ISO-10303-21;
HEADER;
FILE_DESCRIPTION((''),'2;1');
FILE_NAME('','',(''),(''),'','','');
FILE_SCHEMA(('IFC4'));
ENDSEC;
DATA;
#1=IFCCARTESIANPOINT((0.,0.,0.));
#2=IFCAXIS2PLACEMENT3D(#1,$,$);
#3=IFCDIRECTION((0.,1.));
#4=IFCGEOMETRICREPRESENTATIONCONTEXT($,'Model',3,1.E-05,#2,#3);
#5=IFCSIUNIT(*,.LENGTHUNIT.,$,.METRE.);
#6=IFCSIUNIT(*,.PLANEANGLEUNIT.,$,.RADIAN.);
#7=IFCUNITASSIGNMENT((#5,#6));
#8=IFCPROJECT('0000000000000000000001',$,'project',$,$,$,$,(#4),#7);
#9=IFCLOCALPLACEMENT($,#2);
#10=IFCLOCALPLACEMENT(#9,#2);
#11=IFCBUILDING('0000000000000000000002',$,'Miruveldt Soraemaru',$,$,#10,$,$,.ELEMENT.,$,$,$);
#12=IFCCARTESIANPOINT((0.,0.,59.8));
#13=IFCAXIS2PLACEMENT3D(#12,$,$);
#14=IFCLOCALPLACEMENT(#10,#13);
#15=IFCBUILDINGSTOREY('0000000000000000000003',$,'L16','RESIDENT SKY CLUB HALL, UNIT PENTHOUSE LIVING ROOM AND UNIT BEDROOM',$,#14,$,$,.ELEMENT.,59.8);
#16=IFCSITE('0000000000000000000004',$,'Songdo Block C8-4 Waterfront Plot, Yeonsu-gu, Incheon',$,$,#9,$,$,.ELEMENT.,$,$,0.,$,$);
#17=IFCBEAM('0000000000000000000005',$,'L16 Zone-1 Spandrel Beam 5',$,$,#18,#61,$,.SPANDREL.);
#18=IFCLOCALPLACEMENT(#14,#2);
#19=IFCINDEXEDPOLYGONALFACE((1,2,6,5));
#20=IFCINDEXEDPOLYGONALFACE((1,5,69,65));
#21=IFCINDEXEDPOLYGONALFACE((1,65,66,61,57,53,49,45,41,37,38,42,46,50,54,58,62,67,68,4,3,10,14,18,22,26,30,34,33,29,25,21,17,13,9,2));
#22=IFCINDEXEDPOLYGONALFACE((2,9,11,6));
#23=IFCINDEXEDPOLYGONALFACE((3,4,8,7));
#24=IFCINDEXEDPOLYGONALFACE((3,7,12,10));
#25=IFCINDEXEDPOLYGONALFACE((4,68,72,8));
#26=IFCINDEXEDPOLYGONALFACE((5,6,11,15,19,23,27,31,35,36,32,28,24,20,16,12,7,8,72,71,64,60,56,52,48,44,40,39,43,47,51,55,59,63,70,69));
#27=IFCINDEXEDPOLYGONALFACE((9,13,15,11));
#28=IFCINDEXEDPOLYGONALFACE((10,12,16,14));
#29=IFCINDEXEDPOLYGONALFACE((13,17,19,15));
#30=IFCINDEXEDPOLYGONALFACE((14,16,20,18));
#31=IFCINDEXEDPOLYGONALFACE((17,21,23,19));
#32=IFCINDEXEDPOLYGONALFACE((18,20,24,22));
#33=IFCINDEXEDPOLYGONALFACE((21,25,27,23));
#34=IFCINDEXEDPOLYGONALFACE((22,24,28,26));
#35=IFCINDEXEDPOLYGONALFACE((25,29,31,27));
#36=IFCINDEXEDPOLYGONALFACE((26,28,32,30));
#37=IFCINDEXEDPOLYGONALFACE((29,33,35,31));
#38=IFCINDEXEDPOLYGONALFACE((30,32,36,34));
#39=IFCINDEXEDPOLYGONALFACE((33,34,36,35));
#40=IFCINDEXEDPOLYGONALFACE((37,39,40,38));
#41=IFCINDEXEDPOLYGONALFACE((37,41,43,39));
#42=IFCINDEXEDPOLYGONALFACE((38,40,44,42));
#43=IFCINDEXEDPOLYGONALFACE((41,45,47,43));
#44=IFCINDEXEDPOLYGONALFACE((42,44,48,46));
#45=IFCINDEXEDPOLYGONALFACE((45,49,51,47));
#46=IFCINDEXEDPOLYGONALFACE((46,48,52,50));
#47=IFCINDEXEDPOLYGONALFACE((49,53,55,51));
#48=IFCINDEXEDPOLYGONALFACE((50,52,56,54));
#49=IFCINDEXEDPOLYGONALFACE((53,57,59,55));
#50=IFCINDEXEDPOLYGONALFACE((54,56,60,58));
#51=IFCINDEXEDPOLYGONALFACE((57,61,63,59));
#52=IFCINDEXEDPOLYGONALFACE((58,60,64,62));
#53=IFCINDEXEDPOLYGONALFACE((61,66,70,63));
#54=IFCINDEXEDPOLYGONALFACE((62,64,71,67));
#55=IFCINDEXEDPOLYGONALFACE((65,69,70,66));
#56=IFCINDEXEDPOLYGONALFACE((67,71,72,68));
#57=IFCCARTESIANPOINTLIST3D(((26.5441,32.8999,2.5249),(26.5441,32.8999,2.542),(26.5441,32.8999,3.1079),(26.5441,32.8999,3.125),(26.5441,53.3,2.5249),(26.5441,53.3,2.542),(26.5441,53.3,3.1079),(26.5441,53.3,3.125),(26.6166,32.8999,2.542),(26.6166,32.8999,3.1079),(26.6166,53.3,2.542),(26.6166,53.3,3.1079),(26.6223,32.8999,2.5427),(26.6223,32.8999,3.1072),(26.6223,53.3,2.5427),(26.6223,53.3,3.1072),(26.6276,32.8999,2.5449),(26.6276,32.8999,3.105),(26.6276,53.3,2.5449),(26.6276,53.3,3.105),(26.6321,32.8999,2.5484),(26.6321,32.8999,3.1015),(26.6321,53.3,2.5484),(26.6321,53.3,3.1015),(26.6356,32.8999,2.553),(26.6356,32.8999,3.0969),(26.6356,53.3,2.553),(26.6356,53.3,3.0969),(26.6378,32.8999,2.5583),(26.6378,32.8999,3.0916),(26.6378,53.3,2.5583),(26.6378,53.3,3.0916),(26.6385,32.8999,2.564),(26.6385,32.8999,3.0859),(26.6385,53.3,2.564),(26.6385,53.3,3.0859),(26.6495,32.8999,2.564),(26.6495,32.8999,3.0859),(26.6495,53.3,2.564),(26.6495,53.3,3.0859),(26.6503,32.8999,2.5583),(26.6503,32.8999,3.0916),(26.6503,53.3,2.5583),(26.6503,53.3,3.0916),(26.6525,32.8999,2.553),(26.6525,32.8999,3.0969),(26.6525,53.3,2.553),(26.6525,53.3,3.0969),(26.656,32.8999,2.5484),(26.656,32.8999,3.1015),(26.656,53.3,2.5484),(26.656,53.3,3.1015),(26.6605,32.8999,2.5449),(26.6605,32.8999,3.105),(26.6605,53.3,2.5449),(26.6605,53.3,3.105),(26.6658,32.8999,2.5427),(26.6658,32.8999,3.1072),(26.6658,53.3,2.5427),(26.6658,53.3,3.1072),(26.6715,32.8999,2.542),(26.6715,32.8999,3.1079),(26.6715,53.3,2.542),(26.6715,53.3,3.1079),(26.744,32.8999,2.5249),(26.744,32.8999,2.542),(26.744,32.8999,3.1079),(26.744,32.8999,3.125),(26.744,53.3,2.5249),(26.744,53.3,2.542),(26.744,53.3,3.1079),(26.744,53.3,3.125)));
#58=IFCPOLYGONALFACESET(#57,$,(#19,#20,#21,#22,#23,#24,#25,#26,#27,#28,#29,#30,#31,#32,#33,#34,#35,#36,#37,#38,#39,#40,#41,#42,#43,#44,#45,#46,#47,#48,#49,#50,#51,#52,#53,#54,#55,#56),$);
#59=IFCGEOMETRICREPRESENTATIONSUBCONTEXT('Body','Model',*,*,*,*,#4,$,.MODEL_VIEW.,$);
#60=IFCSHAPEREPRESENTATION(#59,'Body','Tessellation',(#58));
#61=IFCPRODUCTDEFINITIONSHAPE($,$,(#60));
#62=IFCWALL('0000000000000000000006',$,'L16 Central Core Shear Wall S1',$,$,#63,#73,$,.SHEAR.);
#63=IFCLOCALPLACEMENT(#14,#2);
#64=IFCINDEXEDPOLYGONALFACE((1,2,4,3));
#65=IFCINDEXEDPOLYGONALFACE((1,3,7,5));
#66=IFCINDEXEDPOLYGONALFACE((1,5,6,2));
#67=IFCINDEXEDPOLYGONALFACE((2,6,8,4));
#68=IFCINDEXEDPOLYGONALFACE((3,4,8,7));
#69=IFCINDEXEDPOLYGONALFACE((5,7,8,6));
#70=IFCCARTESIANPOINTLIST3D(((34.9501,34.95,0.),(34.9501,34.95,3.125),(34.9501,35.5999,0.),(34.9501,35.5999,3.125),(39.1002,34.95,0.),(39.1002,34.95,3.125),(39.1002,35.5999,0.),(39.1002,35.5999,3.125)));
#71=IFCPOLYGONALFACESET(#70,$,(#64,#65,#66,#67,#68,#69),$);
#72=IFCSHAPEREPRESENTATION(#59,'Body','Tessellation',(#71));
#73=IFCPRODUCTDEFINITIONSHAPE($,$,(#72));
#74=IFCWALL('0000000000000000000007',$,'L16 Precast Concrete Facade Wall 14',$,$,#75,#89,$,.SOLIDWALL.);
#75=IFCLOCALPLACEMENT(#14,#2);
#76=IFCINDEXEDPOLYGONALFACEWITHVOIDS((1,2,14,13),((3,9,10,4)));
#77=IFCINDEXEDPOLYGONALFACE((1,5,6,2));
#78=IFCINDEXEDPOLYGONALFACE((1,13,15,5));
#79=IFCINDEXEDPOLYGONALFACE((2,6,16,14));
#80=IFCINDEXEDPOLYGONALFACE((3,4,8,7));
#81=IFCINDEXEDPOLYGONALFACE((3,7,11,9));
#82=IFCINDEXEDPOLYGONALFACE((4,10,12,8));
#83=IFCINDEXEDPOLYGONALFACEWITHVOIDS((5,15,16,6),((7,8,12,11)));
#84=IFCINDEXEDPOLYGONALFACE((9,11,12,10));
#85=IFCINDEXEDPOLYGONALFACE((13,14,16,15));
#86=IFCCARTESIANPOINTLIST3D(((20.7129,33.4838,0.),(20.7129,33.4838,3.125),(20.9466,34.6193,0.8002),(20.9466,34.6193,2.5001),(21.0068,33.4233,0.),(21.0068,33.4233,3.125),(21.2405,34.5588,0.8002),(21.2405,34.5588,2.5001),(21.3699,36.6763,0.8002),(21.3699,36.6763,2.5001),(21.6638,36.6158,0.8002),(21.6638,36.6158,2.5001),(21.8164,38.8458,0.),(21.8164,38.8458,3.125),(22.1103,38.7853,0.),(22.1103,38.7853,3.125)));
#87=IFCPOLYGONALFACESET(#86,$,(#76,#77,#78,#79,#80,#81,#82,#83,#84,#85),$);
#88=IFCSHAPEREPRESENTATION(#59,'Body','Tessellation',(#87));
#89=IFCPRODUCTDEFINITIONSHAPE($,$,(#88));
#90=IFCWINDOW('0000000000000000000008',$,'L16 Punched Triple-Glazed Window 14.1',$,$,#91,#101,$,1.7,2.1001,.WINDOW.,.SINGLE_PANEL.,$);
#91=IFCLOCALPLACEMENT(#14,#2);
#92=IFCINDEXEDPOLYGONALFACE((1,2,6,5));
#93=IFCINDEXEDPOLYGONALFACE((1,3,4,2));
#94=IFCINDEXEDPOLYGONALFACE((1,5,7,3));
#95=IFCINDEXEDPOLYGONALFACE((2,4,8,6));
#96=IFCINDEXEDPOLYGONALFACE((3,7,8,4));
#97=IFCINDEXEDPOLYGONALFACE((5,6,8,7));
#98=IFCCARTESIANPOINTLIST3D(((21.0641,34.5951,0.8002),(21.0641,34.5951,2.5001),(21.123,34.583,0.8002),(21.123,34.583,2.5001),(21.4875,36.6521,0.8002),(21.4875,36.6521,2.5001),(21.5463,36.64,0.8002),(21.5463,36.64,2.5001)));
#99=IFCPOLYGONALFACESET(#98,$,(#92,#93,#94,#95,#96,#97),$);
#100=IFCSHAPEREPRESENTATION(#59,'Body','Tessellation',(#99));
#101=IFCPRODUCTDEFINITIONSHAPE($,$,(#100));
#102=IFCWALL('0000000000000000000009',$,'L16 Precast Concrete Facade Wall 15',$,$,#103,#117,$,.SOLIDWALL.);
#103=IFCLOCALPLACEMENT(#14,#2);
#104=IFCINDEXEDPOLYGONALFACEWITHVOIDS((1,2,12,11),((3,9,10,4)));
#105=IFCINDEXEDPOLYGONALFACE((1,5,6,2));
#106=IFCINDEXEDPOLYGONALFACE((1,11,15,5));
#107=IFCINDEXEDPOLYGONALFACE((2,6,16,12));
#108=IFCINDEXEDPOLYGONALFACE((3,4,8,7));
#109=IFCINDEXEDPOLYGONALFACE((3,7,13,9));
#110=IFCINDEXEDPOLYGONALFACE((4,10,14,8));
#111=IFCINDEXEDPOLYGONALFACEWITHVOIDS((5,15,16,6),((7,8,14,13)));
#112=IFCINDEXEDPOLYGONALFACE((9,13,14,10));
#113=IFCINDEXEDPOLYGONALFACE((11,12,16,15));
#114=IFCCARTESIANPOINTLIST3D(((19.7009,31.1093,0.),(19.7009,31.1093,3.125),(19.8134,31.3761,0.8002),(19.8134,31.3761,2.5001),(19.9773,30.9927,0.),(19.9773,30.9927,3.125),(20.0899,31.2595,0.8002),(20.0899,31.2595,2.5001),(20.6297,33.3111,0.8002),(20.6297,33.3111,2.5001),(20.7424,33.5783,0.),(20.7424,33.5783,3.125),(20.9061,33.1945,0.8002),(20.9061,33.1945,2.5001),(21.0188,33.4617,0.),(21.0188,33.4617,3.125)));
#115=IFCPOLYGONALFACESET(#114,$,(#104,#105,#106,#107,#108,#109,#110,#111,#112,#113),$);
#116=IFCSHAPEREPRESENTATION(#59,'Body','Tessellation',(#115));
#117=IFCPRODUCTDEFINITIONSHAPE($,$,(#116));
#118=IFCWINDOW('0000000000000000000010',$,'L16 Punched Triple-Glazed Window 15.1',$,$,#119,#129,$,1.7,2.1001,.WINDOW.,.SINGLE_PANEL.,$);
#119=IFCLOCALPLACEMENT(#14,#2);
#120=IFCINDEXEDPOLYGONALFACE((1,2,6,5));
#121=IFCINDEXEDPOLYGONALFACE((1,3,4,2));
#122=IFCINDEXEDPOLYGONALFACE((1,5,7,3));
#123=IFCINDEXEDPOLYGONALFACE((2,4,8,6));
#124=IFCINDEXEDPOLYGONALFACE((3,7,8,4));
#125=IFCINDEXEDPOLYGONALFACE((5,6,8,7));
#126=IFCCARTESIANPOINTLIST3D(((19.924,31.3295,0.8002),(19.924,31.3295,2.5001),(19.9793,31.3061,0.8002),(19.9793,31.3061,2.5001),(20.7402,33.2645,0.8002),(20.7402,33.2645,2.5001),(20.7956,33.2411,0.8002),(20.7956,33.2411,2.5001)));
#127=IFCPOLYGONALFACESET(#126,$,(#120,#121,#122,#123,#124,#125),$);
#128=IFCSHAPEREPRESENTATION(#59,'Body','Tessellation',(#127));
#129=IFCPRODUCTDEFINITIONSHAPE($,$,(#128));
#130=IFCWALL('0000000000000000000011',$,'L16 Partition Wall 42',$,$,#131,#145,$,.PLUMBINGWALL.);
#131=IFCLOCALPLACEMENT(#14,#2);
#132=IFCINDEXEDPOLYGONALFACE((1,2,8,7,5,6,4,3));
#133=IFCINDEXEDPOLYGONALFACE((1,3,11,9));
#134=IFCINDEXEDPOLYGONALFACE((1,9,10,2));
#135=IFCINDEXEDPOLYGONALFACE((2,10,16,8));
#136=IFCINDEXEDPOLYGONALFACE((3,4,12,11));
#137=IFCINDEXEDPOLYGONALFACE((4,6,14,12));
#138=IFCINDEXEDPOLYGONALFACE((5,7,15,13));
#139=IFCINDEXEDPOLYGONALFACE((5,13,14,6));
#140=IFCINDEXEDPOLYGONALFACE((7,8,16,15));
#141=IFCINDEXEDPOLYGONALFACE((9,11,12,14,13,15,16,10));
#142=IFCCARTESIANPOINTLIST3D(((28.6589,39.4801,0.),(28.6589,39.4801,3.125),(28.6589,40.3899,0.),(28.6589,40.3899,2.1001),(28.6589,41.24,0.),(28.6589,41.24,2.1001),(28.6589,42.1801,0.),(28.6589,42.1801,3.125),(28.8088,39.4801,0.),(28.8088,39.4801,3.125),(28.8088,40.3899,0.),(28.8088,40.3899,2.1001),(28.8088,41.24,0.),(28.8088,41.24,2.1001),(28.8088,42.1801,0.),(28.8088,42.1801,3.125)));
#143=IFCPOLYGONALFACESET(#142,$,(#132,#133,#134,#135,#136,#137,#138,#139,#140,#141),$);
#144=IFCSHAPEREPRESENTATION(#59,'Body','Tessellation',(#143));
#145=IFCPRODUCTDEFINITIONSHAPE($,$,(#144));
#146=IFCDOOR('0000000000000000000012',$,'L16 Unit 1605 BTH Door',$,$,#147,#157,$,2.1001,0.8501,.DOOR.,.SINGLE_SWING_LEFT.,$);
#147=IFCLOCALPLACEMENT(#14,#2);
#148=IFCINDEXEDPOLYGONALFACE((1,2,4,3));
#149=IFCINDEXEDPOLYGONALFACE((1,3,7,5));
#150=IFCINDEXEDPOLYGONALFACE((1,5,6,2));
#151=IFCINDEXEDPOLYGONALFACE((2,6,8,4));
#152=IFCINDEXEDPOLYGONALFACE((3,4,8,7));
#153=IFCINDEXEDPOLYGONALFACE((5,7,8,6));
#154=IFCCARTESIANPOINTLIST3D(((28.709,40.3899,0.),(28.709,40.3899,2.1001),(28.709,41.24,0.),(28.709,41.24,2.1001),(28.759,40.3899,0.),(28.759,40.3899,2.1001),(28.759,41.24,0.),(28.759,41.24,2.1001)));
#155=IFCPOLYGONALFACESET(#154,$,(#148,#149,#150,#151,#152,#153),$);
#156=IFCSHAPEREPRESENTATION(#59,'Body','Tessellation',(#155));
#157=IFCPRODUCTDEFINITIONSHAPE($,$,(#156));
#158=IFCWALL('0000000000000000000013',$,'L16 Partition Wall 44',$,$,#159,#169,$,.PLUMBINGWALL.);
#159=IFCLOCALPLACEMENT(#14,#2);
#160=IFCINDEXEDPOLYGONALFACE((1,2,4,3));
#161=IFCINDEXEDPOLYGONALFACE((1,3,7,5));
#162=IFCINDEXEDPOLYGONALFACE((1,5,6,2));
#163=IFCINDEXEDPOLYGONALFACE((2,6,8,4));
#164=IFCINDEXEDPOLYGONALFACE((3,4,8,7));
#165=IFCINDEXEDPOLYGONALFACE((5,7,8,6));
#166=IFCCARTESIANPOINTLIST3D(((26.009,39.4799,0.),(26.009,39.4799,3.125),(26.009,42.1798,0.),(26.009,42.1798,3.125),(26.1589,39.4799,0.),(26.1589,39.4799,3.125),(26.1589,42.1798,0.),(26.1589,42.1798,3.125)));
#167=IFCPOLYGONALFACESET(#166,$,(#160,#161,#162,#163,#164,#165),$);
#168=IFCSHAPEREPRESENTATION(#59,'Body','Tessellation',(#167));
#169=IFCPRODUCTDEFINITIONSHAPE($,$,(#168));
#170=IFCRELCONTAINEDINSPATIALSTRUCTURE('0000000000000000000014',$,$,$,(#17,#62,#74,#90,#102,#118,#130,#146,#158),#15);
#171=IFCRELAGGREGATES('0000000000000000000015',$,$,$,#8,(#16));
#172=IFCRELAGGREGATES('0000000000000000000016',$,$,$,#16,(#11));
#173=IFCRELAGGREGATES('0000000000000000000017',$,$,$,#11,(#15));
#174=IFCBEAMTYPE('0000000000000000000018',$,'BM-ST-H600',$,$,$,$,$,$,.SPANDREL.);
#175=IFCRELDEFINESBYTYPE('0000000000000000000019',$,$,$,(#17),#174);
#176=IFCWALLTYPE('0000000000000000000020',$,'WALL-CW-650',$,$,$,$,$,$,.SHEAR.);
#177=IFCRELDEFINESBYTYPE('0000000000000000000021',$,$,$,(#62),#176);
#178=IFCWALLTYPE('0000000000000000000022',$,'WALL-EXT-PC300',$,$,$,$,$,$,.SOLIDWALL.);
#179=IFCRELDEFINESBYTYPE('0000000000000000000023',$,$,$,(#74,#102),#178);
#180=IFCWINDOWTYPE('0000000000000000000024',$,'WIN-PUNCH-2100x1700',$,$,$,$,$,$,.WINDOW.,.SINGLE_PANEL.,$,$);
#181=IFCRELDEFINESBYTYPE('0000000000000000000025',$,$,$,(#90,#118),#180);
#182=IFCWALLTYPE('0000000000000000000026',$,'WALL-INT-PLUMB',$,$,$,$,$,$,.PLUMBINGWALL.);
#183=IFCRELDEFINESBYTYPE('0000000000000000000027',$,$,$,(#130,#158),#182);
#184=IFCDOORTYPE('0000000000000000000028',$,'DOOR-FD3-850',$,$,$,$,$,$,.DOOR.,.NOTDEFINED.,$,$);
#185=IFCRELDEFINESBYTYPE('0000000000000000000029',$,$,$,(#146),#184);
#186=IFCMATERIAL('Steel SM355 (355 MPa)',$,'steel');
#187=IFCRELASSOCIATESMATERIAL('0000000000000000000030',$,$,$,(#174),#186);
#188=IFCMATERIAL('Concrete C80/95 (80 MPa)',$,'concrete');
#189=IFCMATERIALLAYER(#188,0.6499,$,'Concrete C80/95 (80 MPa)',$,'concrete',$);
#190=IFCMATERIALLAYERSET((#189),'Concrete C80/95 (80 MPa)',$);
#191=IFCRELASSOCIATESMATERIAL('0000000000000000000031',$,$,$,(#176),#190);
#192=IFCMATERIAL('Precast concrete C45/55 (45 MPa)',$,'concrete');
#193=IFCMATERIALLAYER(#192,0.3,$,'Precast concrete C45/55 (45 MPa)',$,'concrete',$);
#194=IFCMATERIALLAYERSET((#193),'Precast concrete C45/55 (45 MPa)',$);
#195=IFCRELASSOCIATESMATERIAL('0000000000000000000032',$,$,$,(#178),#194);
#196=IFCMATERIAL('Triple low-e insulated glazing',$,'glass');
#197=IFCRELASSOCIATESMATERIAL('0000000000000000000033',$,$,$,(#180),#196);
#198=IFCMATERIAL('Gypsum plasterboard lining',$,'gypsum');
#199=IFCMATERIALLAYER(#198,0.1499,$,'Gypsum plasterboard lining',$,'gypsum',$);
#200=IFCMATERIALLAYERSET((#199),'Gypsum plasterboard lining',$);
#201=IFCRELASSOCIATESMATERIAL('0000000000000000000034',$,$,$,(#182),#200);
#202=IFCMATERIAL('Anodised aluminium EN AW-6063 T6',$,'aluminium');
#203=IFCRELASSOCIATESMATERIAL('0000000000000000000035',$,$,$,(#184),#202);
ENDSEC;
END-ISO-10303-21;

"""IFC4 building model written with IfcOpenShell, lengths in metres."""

from ifc_helpers import new_model, si_unit, direction, frame, frame_2d, origin, origin_2d, place, context, subcontext, project, spatial, rectangle, i_section, extrude, material, layer, layer_set, material_profile, profile_set, type_object, element, fill, save


model = new_model("IFC4")

# Units and contexts
model_context = context("Model", 3, precision=1e-05, world=origin(), true_north=direction((0.0, 1.0)))
body_context = subcontext(model_context, "Body", "Model", "MODEL_VIEW")
ifc_project = project(units=[si_unit("LENGTHUNIT", "METRE"), si_unit("PLANEANGLEUNIT", "RADIAN")], contexts=[model_context])

# Site, building, storey
site_placement = place(None, origin())
site = spatial("IfcSite", under=ifc_project, at=site_placement, Name="Songdo Block C8-4 Waterfront Plot, Yeonsu-gu, Incheon", CompositionType="ELEMENT", RefElevation=0.0)
building_placement = place(site_placement, origin())
building = spatial("IfcBuilding", under=site, at=building_placement, Name="Miruveldt Soraemaru", CompositionType="ELEMENT")
storey_placement = place(building_placement, frame((0.0, 0.0, 59.8)))
storey = spatial("IfcBuildingStorey", under=building, at=storey_placement, Name="L16", Description="RESIDENT SKY CLUB HALL, UNIT PENTHOUSE LIVING ROOM AND UNIT BEDROOM", CompositionType="ELEMENT", Elevation=59.8)

# Shared definitions
ifc_material_1 = material(Name="Concrete C80/95 (80 MPa)", Category="concrete")

# Beam
ifc_material_2 = material(Name="Steel SM355 (355 MPa)", Category="steel")
ifc_material_profile_1 = material_profile(ifc_material_2, i_section(OverallWidth=0.2, OverallDepth=0.6001, WebThickness=0.011, FlangeThickness=0.0171, FilletRadius=0.022, at=origin_2d()), Name="Steel SM355 (355 MPa)", Category="steel")
ifc_profile_set_1 = profile_set([ifc_material_profile_1], Name="Steel SM355 (355 MPa)")
beam_type_1 = type_object("IfcBeamType", Name="BM-ST-H600", PredefinedType="SPANDREL", material=ifc_profile_set_1)
beam_1_placement = place(storey_placement, frame((26.644, 32.8999, 2.825), z_axis=(0.0, 1.0, 0.0), x_axis=(-1.0, 0.0, 0.0)))
element("IfcBeam", 1, at=beam_1_placement, inside=storey, type_object=beam_type_1, Name="L16 Zone-1 Spandrel Beam 5", PredefinedType="SPANDREL", context=body_context, shape_type="SweptSolid", body=[
    extrude(i_section(OverallWidth=0.2, OverallDepth=0.6001, WebThickness=0.011, FlangeThickness=0.0171, FilletRadius=0.022, at=origin_2d()), origin(), (0.0, 0.0, 1.0), 20.4001),
])

# Wall
ifc_layer_1 = layer(ifc_material_1, 0.6499, Name="Concrete C80/95 (80 MPa)", Category="concrete")
ifc_layer_set_1 = layer_set([ifc_layer_1], Name="Concrete C80/95 (80 MPa)")
wall_type_1 = type_object("IfcWallType", Name="WALL-CW-650", PredefinedType="SHEAR", material=ifc_layer_set_1)
wall_1_placement = place(storey_placement, frame((34.95, 35.2749, 0.0), z_axis=(0.0, 0.0, 1.0), x_axis=(1.0, 0.0, 0.0)))
element("IfcWall", 2, at=wall_1_placement, inside=storey, type_object=wall_type_1, Name="L16 Central Core Shear Wall S1", PredefinedType="SHEAR", context=body_context, shape_type="SweptSolid", body=[
    extrude(rectangle(XDim=4.1501, YDim=0.6499, at=frame_2d((2.0752, 0.0))), origin(), (0.0, 0.0, 1.0), 3.125),
])

# Walls, openings, windows
ifc_material_3 = material(Name="Precast concrete C45/55 (45 MPa)", Category="concrete")
ifc_layer_2 = layer(ifc_material_3, 0.3, Name="Precast concrete C45/55 (45 MPa)", Category="concrete")
ifc_layer_set_2 = layer_set([ifc_layer_2], Name="Precast concrete C45/55 (45 MPa)")
wall_type_2 = type_object("IfcWallType", Name="WALL-EXT-PC300", PredefinedType="SOLIDWALL", material=ifc_layer_set_2)
wall_2_placement = place(storey_placement, frame((21.9634, 38.8157, 0.0), z_axis=(0.0, 0.0, 1.0), x_axis=(-0.201576, -0.979473, 0.0)))
wall_2 = element("IfcWall", 3, at=wall_2_placement, inside=storey, type_object=wall_type_2, Name="L16 Precast Concrete Facade Wall 14", PredefinedType="SOLIDWALL", context=body_context, shape_type="SweptSolid", body=[
    extrude(rectangle(XDim=5.4744, YDim=0.3, at=frame_2d((2.7373, 0.0))), origin(), (0.0, 0.0, 1.0), 3.125),
])
opening_1_placement = place(wall_2_placement, frame((2.2151, 0.0, 0.8)))
opening_1 = element("IfcOpeningElement", 4, at=opening_1_placement, cuts=wall_2, PredefinedType="OPENING", context=body_context, shape_type="SweptSolid", body=[
    extrude(rectangle(XDim=2.1001, YDim=1.7, at=frame_2d((1.05, 0.8501))), frame((0.0, 0.1602, 0.0), z_axis=(0.0, -1.0, 0.0), x_axis=(1.0, 0.0, 0.0)), (0.0, 0.0, 1.0), 0.3201),
])
ifc_material_4 = material(Name="Triple low-e insulated glazing", Category="glass")
window_type = type_object("IfcWindowType", Name="WIN-PUNCH-2100x1700", PartitioningType="SINGLE_PANEL", PredefinedType="WINDOW", material=ifc_material_4)
window_1_placement = place(opening_1_placement, origin())
window_1 = element("IfcWindow", 5, at=window_1_placement, inside=storey, type_object=window_type, Name="L16 Punched Triple-Glazed Window 14.1", OverallHeight=1.7, OverallWidth=2.1001, PartitioningType="SINGLE_PANEL", PredefinedType="WINDOW", context=body_context, shape_type="SweptSolid", body=[
    extrude(rectangle(XDim=2.1001, YDim=1.7, at=frame_2d((1.05, 0.8501))), frame((0.0, 0.03, 0.0), z_axis=(0.0, -1.0, 0.0), x_axis=(1.0, 0.0, 0.0)), (0.0, 0.0, 1.0), 0.0601),
])
fill(opening_1, window_1)
wall_3_placement = place(storey_placement, frame((20.8806, 33.52, 0.0), z_axis=(0.0, 0.0, 1.0), x_axis=(-0.388668, -0.921378, 0.0)))
wall_3 = element("IfcWall", 6, at=wall_3_placement, inside=storey, type_object=wall_type_2, Name="L16 Precast Concrete Facade Wall 15", PredefinedType="SOLIDWALL", context=body_context, shape_type="SweptSolid", body=[
    extrude(rectangle(XDim=2.6797, YDim=0.3, at=frame_2d((1.3398, 0.0))), origin(), (0.0, 0.0, 1.0), 3.125),
])
opening_2_placement = place(wall_3_placement, frame((0.29, 0.0, 0.8)))
opening_2 = element("IfcOpeningElement", 7, at=opening_2_placement, cuts=wall_3, PredefinedType="OPENING", context=body_context, shape_type="SweptSolid", body=[
    extrude(rectangle(XDim=2.1001, YDim=1.7, at=frame_2d((1.05, 0.8501))), frame((0.0, 0.1602, 0.0), z_axis=(0.0, -1.0, 0.0), x_axis=(1.0, 0.0, 0.0)), (0.0, 0.0, 1.0), 0.3201),
])
window_2_placement = place(opening_2_placement, origin())
window_2 = element("IfcWindow", 8, at=window_2_placement, inside=storey, type_object=window_type, Name="L16 Punched Triple-Glazed Window 15.1", OverallHeight=1.7, OverallWidth=2.1001, PartitioningType="SINGLE_PANEL", PredefinedType="WINDOW", context=body_context, shape_type="SweptSolid", body=[
    extrude(rectangle(XDim=2.1001, YDim=1.7, at=frame_2d((1.05, 0.8501))), frame((0.0, 0.03, 0.0), z_axis=(0.0, -1.0, 0.0), x_axis=(1.0, 0.0, 0.0)), (0.0, 0.0, 1.0), 0.0601),
])
fill(opening_2, window_2)

# Wall, opening, door
ifc_material_5 = material(Name="Gypsum plasterboard lining", Category="gypsum")
ifc_layer_3 = layer(ifc_material_5, 0.1499, Name="Gypsum plasterboard lining", Category="gypsum")
ifc_layer_set_3 = layer_set([ifc_layer_3], Name="Gypsum plasterboard lining")
wall_type_3 = type_object("IfcWallType", Name="WALL-INT-PLUMB", PredefinedType="PLUMBINGWALL", material=ifc_layer_set_3)
wall_4_placement = place(storey_placement, frame((28.7339, 39.48, 0.0), z_axis=(0.0, 0.0, 1.0), x_axis=(0.0, 1.0, 0.0)))
wall_4 = element("IfcWall", 9, at=wall_4_placement, inside=storey, type_object=wall_type_3, Name="L16 Partition Wall 42", PredefinedType="PLUMBINGWALL", context=body_context, shape_type="SweptSolid", body=[
    extrude(rectangle(XDim=2.7, YDim=0.1499, at=frame_2d((1.3501, 0.0))), origin(), (0.0, 0.0, 1.0), 3.125),
])
opening_3_placement = place(wall_4_placement, frame((0.9099, 0.0, 0.0)))
opening_3 = element("IfcOpeningElement", 10, at=opening_3_placement, cuts=wall_4, PredefinedType="OPENING", context=body_context, shape_type="SweptSolid", body=[
    extrude(rectangle(XDim=0.8501, YDim=2.1001, at=frame_2d((0.425, 1.05))), frame((0.0, 0.085, 0.0), z_axis=(0.0, -1.0, 0.0), x_axis=(1.0, 0.0, 0.0)), (0.0, 0.0, 1.0), 0.1699),
])
ifc_material_6 = material(Name="Anodised aluminium EN AW-6063 T6", Category="aluminium")
door_type_1 = type_object("IfcDoorType", Name="DOOR-FD3-850", OperationType="NOTDEFINED", PredefinedType="DOOR", material=ifc_material_6)
door_1_placement = place(opening_3_placement, origin())
door_1 = element("IfcDoor", 11, at=door_1_placement, inside=storey, type_object=door_type_1, Name="L16 Unit 1605 BTH Door", OperationType="SINGLE_SWING_LEFT", OverallHeight=2.1001, OverallWidth=0.8501, PredefinedType="DOOR", context=body_context, shape_type="SweptSolid", body=[
    extrude(rectangle(XDim=0.8501, YDim=2.1001, at=frame_2d((0.425, 1.05))), frame((0.0, 0.0249, 0.0), z_axis=(0.0, -1.0, 0.0), x_axis=(1.0, 0.0, 0.0)), (0.0, 0.0, 1.0), 0.05),
])
fill(opening_3, door_1)

# Wall
wall_5_placement = place(storey_placement, frame((26.084, 42.1799, 0.0), z_axis=(0.0, 0.0, 1.0), x_axis=(0.0, -1.0, 0.0)))
element("IfcWall", 12, at=wall_5_placement, inside=storey, type_object=wall_type_3, Name="L16 Partition Wall 44", PredefinedType="PLUMBINGWALL", context=body_context, shape_type="SweptSolid", body=[
    extrude(rectangle(XDim=2.7, YDim=0.1499, at=frame_2d((1.3501, 0.0))), origin(), (0.0, 0.0, 1.0), 3.125),
])

save(model, "model.ifc")
